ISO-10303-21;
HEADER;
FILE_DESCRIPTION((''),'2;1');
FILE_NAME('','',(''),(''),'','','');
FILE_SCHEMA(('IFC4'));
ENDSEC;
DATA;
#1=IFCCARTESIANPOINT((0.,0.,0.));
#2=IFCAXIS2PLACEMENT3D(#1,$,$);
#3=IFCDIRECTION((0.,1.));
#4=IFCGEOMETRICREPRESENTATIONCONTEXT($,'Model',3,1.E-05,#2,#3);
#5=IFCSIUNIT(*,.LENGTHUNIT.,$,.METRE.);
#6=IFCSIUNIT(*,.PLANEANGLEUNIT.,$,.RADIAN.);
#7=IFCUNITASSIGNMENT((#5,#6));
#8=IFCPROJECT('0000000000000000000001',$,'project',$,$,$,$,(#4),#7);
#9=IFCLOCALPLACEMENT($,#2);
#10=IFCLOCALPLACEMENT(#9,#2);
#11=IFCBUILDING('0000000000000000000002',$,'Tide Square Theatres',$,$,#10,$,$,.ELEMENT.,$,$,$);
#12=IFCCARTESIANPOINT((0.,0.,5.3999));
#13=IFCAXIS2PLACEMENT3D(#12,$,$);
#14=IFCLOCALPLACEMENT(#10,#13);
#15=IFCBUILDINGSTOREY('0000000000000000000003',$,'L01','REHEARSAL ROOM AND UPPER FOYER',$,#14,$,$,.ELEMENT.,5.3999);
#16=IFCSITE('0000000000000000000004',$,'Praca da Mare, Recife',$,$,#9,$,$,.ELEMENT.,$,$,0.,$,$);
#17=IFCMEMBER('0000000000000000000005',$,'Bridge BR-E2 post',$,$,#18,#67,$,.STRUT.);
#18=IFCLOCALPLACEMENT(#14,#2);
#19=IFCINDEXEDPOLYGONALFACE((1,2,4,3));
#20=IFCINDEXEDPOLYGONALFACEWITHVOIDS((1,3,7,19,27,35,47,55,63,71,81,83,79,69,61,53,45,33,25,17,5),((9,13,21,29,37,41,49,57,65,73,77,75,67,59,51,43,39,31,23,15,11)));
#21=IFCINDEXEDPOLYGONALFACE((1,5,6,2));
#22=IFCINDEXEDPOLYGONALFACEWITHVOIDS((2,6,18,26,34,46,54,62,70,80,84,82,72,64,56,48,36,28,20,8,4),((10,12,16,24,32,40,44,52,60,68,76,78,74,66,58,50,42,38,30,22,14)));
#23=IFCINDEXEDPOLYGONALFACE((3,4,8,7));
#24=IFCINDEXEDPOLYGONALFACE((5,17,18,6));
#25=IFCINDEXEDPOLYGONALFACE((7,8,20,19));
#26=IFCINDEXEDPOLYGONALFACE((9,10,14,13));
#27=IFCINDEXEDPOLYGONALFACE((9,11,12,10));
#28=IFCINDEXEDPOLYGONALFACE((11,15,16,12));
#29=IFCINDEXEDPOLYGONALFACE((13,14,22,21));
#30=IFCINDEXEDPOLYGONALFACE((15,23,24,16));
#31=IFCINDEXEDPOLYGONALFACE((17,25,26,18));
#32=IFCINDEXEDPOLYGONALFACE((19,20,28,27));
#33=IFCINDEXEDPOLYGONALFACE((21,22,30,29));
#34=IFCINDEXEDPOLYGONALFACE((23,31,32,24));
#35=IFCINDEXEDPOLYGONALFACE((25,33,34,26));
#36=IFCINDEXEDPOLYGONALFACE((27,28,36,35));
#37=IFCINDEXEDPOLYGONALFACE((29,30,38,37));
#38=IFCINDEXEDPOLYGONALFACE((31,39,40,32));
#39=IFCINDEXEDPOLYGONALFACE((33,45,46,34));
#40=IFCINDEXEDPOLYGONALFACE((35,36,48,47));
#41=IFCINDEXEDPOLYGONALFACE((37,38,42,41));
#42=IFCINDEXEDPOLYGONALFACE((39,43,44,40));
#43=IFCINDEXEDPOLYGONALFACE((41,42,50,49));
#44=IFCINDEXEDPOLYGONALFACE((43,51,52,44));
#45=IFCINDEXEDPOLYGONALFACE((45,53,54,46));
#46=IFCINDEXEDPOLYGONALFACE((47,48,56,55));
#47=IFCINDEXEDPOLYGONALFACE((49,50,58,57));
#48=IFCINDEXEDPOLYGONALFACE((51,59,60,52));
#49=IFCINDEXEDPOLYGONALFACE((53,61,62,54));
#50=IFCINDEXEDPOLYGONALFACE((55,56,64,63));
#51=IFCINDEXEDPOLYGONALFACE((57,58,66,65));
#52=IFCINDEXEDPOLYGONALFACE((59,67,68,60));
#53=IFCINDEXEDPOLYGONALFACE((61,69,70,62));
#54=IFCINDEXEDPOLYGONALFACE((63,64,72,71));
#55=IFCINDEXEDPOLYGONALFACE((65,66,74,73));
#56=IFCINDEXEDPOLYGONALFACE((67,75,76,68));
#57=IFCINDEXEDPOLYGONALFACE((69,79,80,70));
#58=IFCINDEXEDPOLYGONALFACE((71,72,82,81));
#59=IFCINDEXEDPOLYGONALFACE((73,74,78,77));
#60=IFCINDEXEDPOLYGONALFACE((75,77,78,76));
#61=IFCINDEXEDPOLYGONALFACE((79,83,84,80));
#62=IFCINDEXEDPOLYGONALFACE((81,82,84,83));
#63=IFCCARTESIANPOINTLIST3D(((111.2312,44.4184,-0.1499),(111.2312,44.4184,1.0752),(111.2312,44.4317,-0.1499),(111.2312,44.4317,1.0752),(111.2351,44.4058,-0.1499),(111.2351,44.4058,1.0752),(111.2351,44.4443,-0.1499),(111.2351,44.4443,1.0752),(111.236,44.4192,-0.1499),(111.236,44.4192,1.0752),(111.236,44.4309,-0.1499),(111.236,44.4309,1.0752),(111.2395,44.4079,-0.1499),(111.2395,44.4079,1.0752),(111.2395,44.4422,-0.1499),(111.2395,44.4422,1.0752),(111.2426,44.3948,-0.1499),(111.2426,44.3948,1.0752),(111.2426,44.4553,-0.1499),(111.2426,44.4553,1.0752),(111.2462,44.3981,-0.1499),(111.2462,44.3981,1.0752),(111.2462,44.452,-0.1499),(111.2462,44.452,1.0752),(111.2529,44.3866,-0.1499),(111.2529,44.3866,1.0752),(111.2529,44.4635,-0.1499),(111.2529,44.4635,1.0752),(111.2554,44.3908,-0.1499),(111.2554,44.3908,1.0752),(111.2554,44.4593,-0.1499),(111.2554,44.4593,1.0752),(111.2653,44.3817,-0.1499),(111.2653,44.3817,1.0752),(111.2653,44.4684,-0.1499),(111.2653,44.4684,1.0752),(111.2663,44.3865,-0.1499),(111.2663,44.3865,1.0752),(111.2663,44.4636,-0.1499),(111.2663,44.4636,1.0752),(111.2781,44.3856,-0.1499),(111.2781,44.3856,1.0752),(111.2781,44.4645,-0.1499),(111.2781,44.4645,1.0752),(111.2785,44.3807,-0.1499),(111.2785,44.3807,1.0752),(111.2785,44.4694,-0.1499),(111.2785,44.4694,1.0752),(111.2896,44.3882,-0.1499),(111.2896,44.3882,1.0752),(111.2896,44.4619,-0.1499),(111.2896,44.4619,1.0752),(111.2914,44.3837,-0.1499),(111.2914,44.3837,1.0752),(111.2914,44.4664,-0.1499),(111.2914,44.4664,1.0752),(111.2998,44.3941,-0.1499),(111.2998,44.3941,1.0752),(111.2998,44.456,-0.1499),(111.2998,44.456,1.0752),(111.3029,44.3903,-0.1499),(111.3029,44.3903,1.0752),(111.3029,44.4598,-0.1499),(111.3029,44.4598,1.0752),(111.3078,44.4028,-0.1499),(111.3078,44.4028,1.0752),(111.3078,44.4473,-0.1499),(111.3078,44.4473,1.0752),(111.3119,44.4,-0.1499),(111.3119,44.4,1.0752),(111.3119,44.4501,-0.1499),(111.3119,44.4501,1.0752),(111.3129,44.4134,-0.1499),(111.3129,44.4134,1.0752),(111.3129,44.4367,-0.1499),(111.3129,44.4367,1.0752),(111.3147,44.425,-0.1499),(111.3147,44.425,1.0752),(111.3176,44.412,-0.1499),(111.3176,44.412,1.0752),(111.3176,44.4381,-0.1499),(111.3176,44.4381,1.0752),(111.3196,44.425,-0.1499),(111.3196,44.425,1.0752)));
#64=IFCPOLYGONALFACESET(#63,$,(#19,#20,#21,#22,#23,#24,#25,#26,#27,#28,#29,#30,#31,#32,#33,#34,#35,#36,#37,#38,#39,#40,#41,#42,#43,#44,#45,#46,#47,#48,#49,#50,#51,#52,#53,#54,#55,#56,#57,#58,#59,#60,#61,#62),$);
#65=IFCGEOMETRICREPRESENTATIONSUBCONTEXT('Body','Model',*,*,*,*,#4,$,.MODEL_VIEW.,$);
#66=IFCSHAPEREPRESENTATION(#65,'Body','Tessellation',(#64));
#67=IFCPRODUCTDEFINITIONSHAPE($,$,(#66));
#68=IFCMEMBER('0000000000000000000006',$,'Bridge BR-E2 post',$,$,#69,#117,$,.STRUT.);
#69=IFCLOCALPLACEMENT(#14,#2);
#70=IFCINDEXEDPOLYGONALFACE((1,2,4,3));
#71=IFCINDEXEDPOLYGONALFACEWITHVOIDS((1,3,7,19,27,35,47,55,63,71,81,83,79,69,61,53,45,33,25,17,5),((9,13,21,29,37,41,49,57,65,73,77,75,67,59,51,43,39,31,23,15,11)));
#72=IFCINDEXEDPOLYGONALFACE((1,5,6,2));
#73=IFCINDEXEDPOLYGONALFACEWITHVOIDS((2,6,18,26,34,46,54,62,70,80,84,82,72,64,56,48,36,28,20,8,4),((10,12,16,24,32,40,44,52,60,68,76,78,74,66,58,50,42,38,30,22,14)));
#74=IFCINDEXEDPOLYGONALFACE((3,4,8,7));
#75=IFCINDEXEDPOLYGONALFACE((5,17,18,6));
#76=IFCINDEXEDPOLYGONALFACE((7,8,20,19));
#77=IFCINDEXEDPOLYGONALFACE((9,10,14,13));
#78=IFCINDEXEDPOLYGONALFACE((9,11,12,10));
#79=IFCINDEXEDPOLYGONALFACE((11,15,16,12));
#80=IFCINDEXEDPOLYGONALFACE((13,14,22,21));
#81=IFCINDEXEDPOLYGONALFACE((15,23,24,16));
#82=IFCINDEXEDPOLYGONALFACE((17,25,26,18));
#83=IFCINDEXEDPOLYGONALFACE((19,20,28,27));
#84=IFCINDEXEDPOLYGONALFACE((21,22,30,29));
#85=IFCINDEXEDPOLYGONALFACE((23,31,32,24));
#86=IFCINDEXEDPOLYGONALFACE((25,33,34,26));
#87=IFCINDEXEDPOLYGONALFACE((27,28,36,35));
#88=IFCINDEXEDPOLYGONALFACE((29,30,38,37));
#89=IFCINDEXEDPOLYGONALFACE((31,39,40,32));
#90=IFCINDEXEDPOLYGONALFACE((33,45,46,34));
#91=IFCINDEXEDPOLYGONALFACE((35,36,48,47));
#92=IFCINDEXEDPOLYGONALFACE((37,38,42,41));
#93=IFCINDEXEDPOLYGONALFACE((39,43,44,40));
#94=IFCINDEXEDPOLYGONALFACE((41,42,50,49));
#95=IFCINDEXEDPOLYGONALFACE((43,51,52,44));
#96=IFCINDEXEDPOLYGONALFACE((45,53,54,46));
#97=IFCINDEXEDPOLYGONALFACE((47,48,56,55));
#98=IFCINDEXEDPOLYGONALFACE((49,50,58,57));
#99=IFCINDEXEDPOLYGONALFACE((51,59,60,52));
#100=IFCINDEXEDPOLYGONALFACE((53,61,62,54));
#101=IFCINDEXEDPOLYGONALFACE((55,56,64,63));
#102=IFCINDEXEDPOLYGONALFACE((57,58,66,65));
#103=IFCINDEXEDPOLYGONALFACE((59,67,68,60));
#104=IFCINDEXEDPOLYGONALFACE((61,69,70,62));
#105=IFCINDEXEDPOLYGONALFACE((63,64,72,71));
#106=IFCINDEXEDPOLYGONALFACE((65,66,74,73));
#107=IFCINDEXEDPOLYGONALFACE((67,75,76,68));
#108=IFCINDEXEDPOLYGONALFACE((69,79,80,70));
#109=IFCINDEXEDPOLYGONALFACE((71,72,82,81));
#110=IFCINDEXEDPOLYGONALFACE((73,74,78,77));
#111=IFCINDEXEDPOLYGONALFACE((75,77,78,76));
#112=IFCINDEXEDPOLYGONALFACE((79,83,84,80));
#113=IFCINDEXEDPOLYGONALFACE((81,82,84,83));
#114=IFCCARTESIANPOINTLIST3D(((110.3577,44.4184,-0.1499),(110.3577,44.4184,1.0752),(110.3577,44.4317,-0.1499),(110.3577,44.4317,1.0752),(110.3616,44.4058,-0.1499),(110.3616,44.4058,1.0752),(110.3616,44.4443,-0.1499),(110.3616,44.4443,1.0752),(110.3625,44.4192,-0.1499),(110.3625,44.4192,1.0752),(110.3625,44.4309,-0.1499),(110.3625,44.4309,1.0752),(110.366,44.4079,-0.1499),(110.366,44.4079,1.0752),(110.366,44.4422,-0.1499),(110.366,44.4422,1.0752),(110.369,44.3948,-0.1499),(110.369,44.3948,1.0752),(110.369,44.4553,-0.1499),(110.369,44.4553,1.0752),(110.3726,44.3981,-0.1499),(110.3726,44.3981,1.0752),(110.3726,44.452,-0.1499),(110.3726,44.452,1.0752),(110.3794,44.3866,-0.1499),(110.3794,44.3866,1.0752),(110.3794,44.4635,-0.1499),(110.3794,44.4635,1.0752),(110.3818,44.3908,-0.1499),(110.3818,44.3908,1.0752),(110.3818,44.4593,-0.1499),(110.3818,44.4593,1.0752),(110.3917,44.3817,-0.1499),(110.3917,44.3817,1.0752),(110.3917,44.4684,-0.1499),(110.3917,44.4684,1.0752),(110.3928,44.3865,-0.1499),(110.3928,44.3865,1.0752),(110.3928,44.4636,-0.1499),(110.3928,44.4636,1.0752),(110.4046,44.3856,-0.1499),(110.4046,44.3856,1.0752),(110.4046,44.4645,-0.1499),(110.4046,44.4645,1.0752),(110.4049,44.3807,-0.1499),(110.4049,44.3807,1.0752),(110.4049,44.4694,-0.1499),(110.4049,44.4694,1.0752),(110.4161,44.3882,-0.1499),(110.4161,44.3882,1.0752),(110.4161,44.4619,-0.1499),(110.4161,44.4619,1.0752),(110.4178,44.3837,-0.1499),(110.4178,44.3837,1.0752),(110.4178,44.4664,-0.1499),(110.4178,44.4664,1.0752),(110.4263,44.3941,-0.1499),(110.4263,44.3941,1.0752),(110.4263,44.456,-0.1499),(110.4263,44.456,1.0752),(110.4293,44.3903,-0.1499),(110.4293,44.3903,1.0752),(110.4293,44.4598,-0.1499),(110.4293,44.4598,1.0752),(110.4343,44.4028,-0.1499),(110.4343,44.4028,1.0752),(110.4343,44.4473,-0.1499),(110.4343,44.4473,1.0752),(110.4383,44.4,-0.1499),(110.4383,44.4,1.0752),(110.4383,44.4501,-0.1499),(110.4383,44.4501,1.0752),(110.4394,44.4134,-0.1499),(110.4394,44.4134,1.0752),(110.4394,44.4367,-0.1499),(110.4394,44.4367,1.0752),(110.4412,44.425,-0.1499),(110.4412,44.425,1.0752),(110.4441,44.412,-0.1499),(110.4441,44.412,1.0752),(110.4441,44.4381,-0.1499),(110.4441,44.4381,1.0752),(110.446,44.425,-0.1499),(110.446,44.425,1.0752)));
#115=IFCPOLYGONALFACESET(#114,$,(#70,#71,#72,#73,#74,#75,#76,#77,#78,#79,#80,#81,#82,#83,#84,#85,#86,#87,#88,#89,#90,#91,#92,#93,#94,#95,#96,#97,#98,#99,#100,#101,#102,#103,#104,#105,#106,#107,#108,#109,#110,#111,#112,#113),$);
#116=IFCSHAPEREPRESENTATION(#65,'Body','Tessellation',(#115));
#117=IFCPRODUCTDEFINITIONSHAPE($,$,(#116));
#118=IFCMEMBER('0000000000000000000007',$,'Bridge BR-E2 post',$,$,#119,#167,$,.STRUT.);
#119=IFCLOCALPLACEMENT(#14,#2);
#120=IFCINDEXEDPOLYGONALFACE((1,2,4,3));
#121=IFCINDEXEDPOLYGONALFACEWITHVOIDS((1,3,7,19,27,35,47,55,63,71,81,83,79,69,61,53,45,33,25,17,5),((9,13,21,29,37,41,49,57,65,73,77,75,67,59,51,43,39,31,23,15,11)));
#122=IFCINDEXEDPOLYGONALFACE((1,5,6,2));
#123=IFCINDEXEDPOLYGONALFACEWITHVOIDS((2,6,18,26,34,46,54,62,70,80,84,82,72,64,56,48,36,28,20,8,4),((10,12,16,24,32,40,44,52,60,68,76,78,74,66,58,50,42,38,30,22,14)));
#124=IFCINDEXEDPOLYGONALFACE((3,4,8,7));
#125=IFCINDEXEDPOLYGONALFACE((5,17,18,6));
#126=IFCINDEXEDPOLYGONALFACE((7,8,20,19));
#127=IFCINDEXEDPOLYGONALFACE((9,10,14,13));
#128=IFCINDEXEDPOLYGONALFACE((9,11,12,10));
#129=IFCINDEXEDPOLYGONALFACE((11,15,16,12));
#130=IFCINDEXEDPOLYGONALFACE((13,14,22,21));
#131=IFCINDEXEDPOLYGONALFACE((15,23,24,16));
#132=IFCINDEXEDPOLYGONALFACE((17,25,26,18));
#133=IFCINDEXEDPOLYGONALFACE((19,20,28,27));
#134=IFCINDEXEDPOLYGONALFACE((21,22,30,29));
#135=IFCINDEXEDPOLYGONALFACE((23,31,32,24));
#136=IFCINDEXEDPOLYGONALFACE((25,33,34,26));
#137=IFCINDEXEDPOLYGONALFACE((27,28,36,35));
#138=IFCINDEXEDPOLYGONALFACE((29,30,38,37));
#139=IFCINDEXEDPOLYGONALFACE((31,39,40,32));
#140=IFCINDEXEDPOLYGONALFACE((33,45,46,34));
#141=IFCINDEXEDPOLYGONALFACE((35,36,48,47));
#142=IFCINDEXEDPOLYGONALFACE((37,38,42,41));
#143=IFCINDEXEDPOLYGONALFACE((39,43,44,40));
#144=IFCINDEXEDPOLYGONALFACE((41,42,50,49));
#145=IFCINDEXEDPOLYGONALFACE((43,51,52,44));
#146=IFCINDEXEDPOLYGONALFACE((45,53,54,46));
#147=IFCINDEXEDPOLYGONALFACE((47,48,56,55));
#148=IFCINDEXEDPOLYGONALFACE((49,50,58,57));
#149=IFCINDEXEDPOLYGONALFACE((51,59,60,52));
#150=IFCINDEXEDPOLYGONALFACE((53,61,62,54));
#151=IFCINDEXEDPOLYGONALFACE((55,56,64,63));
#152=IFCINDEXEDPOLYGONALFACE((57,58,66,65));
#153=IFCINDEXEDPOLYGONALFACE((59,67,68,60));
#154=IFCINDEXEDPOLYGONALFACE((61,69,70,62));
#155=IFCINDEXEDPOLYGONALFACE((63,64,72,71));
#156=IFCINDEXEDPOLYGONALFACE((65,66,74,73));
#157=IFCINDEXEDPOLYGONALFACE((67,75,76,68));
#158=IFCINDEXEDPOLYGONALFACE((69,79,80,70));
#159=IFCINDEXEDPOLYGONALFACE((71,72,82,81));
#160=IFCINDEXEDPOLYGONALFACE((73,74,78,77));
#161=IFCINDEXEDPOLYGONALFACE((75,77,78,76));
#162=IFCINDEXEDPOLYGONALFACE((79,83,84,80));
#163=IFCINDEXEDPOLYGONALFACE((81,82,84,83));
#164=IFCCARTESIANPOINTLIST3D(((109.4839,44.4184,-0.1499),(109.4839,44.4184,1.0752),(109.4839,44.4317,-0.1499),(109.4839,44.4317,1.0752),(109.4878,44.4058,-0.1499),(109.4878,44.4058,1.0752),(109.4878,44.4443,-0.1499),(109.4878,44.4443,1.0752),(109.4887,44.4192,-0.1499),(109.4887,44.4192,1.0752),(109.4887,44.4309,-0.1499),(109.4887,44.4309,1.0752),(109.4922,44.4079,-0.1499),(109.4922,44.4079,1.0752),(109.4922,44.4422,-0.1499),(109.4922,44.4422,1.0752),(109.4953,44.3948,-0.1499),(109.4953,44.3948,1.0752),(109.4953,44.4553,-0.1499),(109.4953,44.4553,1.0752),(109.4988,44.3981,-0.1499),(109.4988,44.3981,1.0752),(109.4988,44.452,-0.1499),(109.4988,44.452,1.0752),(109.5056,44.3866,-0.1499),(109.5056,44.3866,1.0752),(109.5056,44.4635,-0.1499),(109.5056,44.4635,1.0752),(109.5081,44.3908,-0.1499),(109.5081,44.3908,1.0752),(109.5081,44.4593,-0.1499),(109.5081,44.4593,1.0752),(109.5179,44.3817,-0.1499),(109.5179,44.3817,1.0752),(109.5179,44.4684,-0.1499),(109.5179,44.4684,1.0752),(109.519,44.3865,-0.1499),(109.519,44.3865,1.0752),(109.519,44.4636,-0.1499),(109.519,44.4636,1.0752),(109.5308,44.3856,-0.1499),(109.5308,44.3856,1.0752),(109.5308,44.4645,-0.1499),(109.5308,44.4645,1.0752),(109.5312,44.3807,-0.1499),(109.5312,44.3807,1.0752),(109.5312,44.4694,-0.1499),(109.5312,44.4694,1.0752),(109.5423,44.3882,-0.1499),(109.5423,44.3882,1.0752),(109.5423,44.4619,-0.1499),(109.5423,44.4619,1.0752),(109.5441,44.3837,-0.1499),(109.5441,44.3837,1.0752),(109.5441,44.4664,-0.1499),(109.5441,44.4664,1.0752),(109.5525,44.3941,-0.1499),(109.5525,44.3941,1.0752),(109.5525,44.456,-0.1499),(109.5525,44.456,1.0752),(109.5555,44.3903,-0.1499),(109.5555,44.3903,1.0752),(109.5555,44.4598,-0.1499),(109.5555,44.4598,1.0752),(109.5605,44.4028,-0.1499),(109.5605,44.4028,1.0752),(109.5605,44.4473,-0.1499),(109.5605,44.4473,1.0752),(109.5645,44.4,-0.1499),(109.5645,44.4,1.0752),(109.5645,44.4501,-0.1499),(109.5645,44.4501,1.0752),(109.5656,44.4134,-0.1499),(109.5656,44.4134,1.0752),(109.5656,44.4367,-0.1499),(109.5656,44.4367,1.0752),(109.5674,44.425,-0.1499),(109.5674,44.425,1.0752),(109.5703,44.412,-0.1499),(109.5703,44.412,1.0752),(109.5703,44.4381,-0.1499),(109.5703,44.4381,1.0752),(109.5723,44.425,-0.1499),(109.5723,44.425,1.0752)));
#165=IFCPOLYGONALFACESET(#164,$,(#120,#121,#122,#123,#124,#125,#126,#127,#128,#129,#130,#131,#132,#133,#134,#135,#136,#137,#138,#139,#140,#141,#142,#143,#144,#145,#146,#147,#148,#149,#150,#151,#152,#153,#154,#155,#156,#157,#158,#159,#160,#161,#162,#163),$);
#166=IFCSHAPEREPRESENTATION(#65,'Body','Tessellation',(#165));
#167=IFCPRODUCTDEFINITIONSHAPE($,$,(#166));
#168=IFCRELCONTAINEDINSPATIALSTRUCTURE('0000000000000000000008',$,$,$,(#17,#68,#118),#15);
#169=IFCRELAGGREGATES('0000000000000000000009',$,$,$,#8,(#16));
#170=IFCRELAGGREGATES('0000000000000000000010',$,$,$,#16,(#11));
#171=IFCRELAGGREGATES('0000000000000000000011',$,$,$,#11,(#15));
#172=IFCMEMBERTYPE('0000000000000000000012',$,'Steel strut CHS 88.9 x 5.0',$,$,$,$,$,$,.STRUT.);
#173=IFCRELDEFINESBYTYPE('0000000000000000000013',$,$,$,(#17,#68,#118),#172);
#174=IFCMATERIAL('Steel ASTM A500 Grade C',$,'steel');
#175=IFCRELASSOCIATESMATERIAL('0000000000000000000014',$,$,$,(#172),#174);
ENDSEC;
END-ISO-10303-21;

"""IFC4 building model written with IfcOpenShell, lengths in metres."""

from ifc_helpers import new_model, si_unit, direction, frame, origin, origin_2d, place, context, subcontext, project, spatial, hollow_circle, extrude, material, material_profile, profile_set, type_object, element, save


model = new_model("IFC4")

# Units and contexts
model_context = context("Model", 3, precision=1e-05, world=origin(), true_north=direction((0.0, 1.0)))
body_context = subcontext(model_context, "Body", "Model", "MODEL_VIEW")
ifc_project = project(units=[si_unit("LENGTHUNIT", "METRE"), si_unit("PLANEANGLEUNIT", "RADIAN")], contexts=[model_context])

# Site, building, storey
site_placement = place(None, origin())
site = spatial("IfcSite", under=ifc_project, at=site_placement, Name="Praca da Mare, Recife", CompositionType="ELEMENT", RefElevation=0.0)
building_placement = place(site_placement, origin())
building = spatial("IfcBuilding", under=site, at=building_placement, Name="Tide Square Theatres", CompositionType="ELEMENT")
storey_placement = place(building_placement, frame((0.0, 0.0, 5.3999)))
storey = spatial("IfcBuildingStorey", under=building, at=storey_placement, Name="L01", Description="REHEARSAL ROOM AND UPPER FOYER", CompositionType="ELEMENT", Elevation=5.3999)

# Members
ifc_material_1 = material(Name="Steel ASTM A500 Grade C", Category="steel")
ifc_material_profile_1 = material_profile(ifc_material_1, hollow_circle(Radius=0.0444, WallThickness=0.0049, at=origin_2d()))
ifc_profile_set_1 = profile_set([ifc_material_profile_1], Name="Steel ASTM A500 Grade C")
member_type_1 = type_object("IfcMemberType", Name="Steel strut CHS 88.9 x 5.0", PredefinedType="STRUT", material=ifc_profile_set_1)
for number, where, z_axis, x_axis, name in (
    (1, (111.2751, 44.425, -0.1499), (0.0, 0.0, 1.0), (1.0, 0.0, 0.0), "Bridge BR-E2 post"),
    (2, (110.4016, 44.425, -0.1499), (0.0, 0.0, 1.0), (1.0, 0.0, 0.0), "Bridge BR-E2 post"),
    (3, (109.5278, 44.425, -0.1499), (0.0, 0.0, 1.0), (1.0, 0.0, 0.0), "Bridge BR-E2 post"),
):
    element("IfcMember", number, at=place(storey_placement, frame(where, z_axis=z_axis, x_axis=x_axis)), inside=storey, type_object=member_type_1, Name=name, PredefinedType="STRUT", context=body_context, shape_type="SweptSolid", body=[
        extrude(hollow_circle(Radius=0.0444, WallThickness=0.0049, at=origin_2d()), origin(), (0.0, 0.0, 1.0), 1.2251),
    ])

save(model, "model.ifc")
